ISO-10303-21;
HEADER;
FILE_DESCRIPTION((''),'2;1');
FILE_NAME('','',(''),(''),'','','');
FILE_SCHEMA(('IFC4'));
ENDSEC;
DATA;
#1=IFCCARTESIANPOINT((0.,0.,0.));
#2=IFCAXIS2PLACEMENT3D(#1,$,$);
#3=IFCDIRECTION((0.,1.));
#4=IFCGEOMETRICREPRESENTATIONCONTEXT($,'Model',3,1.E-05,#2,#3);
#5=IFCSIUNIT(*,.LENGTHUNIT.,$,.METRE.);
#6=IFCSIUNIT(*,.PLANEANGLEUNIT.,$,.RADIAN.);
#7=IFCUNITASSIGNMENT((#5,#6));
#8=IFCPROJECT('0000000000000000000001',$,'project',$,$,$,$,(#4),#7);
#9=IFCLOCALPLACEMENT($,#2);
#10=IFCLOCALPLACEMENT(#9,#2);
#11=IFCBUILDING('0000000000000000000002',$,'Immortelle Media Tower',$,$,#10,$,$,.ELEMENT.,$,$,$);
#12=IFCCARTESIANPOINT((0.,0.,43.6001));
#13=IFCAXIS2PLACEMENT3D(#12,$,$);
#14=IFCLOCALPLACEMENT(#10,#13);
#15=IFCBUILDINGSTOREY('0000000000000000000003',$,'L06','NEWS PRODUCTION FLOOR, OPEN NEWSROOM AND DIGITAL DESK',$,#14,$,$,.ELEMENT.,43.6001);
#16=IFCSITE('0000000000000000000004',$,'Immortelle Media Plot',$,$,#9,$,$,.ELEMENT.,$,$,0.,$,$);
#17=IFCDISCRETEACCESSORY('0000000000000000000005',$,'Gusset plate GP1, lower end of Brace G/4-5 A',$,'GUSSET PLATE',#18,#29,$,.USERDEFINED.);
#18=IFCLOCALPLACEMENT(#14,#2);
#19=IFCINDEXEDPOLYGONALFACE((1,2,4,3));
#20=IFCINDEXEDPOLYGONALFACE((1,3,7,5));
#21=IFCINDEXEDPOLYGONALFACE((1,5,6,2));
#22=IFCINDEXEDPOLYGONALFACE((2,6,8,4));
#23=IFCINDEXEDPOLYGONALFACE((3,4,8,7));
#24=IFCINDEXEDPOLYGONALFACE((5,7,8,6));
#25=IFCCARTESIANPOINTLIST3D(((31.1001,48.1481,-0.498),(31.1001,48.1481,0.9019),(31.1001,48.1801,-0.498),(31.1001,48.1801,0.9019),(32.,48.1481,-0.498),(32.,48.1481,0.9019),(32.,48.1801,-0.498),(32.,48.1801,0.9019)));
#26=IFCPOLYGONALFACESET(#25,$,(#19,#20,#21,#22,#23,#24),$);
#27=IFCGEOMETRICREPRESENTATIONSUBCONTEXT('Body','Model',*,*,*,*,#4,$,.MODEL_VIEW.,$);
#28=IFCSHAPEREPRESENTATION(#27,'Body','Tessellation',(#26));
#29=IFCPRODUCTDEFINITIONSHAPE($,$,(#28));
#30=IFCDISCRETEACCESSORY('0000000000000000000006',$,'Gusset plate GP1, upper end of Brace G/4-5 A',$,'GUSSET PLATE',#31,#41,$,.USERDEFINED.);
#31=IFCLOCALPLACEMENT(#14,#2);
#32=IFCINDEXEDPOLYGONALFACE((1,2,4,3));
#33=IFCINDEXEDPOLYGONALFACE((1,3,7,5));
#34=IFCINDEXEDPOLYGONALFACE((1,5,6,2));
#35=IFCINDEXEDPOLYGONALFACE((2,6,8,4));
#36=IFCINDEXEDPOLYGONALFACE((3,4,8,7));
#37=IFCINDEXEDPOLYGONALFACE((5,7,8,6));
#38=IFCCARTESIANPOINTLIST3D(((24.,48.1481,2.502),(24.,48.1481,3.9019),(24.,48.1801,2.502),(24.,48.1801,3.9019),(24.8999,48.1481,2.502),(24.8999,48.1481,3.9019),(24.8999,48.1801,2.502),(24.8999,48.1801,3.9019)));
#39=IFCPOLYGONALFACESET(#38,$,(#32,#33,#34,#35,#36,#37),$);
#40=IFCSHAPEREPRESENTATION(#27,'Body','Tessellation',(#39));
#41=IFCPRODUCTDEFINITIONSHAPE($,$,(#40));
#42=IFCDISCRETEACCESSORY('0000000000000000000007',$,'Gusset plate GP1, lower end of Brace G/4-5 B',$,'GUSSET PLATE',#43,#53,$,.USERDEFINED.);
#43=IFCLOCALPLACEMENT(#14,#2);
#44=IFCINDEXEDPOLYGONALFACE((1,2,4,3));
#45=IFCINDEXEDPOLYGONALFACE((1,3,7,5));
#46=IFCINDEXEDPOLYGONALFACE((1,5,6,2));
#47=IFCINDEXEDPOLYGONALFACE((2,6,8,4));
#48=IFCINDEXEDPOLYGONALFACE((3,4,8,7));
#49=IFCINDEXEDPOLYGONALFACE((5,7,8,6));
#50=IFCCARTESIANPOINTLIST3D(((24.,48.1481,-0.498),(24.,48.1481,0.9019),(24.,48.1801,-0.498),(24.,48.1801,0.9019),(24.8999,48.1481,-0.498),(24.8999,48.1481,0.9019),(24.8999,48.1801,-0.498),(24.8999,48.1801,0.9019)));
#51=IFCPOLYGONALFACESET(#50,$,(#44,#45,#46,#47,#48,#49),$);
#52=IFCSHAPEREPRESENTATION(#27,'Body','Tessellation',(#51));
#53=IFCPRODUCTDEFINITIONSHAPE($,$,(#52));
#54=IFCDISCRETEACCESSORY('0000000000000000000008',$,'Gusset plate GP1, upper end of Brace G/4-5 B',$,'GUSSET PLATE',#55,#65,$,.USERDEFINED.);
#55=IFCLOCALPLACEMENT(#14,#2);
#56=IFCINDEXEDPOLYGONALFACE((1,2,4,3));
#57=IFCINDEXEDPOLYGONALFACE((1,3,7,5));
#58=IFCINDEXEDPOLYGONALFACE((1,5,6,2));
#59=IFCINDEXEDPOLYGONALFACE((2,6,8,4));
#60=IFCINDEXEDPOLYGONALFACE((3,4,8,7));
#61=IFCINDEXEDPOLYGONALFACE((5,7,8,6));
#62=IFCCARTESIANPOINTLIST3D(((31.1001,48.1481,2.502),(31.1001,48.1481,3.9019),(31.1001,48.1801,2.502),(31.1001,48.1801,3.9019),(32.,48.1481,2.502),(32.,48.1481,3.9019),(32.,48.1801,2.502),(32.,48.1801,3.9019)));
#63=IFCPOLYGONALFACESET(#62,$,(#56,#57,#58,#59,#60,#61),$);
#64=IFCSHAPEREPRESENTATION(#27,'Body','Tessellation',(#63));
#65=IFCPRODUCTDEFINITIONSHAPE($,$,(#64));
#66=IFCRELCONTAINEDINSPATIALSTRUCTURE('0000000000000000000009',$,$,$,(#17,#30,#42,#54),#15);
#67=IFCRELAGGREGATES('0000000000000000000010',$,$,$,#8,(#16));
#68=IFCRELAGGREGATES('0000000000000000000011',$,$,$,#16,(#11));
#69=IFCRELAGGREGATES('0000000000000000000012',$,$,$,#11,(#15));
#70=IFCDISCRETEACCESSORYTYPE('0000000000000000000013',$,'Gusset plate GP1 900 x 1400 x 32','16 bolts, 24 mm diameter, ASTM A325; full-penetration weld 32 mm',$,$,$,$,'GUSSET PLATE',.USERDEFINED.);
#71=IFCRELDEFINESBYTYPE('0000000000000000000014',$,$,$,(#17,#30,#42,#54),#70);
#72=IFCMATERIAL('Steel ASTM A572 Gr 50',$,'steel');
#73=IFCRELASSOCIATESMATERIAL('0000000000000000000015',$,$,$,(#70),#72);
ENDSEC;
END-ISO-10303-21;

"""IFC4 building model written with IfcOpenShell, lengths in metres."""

from ifc_helpers import new_model, si_unit, direction, frame, origin, origin_2d, place, context, subcontext, project, spatial, rectangle, extrude, material, material_profile, profile_set, type_object, element, save


model = new_model("IFC4")

# Units and contexts
model_context = context("Model", 3, precision=1e-05, world=origin(), true_north=direction((0.0, 1.0)))
body_context = subcontext(model_context, "Body", "Model", "MODEL_VIEW")
ifc_project = project(units=[si_unit("LENGTHUNIT", "METRE"), si_unit("PLANEANGLEUNIT", "RADIAN")], contexts=[model_context])

# Site, building, storey
site_placement = place(None, origin())
site = spatial("IfcSite", under=ifc_project, at=site_placement, Name="Immortelle Media Plot", CompositionType="ELEMENT", RefElevation=0.0)
building_placement = place(site_placement, origin())
building = spatial("IfcBuilding", under=site, at=building_placement, Name="Immortelle Media Tower", CompositionType="ELEMENT")
storey_placement = place(building_placement, frame((0.0, 0.0, 43.6001)))
storey = spatial("IfcBuildingStorey", under=building, at=storey_placement, Name="L06", Description="NEWS PRODUCTION FLOOR, OPEN NEWSROOM AND DIGITAL DESK", CompositionType="ELEMENT", Elevation=43.6001)

# Discrete accessories
ifc_material_1 = material(Name="Steel ASTM A572 Gr 50", Category="steel")
ifc_material_profile_1 = material_profile(ifc_material_1, rectangle(XDim=0.032, YDim=1.3999, at=origin_2d()), Name="PL 32 x 1400")
ifc_profile_set_1 = profile_set([ifc_material_profile_1], Name="Steel ASTM A572 Gr 50")
discrete_accessory_type_1 = type_object("IfcDiscreteAccessoryType", Name="Gusset plate GP1 900 x 1400 x 32", Description="16 bolts, 24 mm diameter, ASTM A325; full-penetration weld 32 mm", ElementType="GUSSET PLATE", PredefinedType="USERDEFINED", material=ifc_profile_set_1)
for number, where, z_axis, x_axis, name in (
    (1, (32.0, 48.1641, 0.2019), (-1.0, 0.0, 0.0), (0.0, -1.0, 0.0), "Gusset plate GP1, lower end of Brace G/4-5 A"),
    (2, (24.0, 48.1641, 3.2019), (1.0, 0.0, 0.0), (0.0, 1.0, 0.0), "Gusset plate GP1, upper end of Brace G/4-5 A"),
    (3, (24.0, 48.1641, 0.2019), (1.0, 0.0, 0.0), (0.0, 1.0, 0.0), "Gusset plate GP1, lower end of Brace G/4-5 B"),
    (4, (32.0, 48.1641, 3.2019), (-1.0, 0.0, 0.0), (0.0, -1.0, 0.0), "Gusset plate GP1, upper end of Brace G/4-5 B"),
):
    element("IfcDiscreteAccessory", number, at=place(storey_placement, frame(where, z_axis=z_axis, x_axis=x_axis)), inside=storey, type_object=discrete_accessory_type_1, Name=name, ObjectType="GUSSET PLATE", PredefinedType="USERDEFINED", context=body_context, shape_type="SweptSolid", body=[
        extrude(rectangle(XDim=0.032, YDim=1.3999, at=origin_2d()), origin(), (0.0, 0.0, 1.0), 0.8999),
    ])

save(model, "model.ifc")
